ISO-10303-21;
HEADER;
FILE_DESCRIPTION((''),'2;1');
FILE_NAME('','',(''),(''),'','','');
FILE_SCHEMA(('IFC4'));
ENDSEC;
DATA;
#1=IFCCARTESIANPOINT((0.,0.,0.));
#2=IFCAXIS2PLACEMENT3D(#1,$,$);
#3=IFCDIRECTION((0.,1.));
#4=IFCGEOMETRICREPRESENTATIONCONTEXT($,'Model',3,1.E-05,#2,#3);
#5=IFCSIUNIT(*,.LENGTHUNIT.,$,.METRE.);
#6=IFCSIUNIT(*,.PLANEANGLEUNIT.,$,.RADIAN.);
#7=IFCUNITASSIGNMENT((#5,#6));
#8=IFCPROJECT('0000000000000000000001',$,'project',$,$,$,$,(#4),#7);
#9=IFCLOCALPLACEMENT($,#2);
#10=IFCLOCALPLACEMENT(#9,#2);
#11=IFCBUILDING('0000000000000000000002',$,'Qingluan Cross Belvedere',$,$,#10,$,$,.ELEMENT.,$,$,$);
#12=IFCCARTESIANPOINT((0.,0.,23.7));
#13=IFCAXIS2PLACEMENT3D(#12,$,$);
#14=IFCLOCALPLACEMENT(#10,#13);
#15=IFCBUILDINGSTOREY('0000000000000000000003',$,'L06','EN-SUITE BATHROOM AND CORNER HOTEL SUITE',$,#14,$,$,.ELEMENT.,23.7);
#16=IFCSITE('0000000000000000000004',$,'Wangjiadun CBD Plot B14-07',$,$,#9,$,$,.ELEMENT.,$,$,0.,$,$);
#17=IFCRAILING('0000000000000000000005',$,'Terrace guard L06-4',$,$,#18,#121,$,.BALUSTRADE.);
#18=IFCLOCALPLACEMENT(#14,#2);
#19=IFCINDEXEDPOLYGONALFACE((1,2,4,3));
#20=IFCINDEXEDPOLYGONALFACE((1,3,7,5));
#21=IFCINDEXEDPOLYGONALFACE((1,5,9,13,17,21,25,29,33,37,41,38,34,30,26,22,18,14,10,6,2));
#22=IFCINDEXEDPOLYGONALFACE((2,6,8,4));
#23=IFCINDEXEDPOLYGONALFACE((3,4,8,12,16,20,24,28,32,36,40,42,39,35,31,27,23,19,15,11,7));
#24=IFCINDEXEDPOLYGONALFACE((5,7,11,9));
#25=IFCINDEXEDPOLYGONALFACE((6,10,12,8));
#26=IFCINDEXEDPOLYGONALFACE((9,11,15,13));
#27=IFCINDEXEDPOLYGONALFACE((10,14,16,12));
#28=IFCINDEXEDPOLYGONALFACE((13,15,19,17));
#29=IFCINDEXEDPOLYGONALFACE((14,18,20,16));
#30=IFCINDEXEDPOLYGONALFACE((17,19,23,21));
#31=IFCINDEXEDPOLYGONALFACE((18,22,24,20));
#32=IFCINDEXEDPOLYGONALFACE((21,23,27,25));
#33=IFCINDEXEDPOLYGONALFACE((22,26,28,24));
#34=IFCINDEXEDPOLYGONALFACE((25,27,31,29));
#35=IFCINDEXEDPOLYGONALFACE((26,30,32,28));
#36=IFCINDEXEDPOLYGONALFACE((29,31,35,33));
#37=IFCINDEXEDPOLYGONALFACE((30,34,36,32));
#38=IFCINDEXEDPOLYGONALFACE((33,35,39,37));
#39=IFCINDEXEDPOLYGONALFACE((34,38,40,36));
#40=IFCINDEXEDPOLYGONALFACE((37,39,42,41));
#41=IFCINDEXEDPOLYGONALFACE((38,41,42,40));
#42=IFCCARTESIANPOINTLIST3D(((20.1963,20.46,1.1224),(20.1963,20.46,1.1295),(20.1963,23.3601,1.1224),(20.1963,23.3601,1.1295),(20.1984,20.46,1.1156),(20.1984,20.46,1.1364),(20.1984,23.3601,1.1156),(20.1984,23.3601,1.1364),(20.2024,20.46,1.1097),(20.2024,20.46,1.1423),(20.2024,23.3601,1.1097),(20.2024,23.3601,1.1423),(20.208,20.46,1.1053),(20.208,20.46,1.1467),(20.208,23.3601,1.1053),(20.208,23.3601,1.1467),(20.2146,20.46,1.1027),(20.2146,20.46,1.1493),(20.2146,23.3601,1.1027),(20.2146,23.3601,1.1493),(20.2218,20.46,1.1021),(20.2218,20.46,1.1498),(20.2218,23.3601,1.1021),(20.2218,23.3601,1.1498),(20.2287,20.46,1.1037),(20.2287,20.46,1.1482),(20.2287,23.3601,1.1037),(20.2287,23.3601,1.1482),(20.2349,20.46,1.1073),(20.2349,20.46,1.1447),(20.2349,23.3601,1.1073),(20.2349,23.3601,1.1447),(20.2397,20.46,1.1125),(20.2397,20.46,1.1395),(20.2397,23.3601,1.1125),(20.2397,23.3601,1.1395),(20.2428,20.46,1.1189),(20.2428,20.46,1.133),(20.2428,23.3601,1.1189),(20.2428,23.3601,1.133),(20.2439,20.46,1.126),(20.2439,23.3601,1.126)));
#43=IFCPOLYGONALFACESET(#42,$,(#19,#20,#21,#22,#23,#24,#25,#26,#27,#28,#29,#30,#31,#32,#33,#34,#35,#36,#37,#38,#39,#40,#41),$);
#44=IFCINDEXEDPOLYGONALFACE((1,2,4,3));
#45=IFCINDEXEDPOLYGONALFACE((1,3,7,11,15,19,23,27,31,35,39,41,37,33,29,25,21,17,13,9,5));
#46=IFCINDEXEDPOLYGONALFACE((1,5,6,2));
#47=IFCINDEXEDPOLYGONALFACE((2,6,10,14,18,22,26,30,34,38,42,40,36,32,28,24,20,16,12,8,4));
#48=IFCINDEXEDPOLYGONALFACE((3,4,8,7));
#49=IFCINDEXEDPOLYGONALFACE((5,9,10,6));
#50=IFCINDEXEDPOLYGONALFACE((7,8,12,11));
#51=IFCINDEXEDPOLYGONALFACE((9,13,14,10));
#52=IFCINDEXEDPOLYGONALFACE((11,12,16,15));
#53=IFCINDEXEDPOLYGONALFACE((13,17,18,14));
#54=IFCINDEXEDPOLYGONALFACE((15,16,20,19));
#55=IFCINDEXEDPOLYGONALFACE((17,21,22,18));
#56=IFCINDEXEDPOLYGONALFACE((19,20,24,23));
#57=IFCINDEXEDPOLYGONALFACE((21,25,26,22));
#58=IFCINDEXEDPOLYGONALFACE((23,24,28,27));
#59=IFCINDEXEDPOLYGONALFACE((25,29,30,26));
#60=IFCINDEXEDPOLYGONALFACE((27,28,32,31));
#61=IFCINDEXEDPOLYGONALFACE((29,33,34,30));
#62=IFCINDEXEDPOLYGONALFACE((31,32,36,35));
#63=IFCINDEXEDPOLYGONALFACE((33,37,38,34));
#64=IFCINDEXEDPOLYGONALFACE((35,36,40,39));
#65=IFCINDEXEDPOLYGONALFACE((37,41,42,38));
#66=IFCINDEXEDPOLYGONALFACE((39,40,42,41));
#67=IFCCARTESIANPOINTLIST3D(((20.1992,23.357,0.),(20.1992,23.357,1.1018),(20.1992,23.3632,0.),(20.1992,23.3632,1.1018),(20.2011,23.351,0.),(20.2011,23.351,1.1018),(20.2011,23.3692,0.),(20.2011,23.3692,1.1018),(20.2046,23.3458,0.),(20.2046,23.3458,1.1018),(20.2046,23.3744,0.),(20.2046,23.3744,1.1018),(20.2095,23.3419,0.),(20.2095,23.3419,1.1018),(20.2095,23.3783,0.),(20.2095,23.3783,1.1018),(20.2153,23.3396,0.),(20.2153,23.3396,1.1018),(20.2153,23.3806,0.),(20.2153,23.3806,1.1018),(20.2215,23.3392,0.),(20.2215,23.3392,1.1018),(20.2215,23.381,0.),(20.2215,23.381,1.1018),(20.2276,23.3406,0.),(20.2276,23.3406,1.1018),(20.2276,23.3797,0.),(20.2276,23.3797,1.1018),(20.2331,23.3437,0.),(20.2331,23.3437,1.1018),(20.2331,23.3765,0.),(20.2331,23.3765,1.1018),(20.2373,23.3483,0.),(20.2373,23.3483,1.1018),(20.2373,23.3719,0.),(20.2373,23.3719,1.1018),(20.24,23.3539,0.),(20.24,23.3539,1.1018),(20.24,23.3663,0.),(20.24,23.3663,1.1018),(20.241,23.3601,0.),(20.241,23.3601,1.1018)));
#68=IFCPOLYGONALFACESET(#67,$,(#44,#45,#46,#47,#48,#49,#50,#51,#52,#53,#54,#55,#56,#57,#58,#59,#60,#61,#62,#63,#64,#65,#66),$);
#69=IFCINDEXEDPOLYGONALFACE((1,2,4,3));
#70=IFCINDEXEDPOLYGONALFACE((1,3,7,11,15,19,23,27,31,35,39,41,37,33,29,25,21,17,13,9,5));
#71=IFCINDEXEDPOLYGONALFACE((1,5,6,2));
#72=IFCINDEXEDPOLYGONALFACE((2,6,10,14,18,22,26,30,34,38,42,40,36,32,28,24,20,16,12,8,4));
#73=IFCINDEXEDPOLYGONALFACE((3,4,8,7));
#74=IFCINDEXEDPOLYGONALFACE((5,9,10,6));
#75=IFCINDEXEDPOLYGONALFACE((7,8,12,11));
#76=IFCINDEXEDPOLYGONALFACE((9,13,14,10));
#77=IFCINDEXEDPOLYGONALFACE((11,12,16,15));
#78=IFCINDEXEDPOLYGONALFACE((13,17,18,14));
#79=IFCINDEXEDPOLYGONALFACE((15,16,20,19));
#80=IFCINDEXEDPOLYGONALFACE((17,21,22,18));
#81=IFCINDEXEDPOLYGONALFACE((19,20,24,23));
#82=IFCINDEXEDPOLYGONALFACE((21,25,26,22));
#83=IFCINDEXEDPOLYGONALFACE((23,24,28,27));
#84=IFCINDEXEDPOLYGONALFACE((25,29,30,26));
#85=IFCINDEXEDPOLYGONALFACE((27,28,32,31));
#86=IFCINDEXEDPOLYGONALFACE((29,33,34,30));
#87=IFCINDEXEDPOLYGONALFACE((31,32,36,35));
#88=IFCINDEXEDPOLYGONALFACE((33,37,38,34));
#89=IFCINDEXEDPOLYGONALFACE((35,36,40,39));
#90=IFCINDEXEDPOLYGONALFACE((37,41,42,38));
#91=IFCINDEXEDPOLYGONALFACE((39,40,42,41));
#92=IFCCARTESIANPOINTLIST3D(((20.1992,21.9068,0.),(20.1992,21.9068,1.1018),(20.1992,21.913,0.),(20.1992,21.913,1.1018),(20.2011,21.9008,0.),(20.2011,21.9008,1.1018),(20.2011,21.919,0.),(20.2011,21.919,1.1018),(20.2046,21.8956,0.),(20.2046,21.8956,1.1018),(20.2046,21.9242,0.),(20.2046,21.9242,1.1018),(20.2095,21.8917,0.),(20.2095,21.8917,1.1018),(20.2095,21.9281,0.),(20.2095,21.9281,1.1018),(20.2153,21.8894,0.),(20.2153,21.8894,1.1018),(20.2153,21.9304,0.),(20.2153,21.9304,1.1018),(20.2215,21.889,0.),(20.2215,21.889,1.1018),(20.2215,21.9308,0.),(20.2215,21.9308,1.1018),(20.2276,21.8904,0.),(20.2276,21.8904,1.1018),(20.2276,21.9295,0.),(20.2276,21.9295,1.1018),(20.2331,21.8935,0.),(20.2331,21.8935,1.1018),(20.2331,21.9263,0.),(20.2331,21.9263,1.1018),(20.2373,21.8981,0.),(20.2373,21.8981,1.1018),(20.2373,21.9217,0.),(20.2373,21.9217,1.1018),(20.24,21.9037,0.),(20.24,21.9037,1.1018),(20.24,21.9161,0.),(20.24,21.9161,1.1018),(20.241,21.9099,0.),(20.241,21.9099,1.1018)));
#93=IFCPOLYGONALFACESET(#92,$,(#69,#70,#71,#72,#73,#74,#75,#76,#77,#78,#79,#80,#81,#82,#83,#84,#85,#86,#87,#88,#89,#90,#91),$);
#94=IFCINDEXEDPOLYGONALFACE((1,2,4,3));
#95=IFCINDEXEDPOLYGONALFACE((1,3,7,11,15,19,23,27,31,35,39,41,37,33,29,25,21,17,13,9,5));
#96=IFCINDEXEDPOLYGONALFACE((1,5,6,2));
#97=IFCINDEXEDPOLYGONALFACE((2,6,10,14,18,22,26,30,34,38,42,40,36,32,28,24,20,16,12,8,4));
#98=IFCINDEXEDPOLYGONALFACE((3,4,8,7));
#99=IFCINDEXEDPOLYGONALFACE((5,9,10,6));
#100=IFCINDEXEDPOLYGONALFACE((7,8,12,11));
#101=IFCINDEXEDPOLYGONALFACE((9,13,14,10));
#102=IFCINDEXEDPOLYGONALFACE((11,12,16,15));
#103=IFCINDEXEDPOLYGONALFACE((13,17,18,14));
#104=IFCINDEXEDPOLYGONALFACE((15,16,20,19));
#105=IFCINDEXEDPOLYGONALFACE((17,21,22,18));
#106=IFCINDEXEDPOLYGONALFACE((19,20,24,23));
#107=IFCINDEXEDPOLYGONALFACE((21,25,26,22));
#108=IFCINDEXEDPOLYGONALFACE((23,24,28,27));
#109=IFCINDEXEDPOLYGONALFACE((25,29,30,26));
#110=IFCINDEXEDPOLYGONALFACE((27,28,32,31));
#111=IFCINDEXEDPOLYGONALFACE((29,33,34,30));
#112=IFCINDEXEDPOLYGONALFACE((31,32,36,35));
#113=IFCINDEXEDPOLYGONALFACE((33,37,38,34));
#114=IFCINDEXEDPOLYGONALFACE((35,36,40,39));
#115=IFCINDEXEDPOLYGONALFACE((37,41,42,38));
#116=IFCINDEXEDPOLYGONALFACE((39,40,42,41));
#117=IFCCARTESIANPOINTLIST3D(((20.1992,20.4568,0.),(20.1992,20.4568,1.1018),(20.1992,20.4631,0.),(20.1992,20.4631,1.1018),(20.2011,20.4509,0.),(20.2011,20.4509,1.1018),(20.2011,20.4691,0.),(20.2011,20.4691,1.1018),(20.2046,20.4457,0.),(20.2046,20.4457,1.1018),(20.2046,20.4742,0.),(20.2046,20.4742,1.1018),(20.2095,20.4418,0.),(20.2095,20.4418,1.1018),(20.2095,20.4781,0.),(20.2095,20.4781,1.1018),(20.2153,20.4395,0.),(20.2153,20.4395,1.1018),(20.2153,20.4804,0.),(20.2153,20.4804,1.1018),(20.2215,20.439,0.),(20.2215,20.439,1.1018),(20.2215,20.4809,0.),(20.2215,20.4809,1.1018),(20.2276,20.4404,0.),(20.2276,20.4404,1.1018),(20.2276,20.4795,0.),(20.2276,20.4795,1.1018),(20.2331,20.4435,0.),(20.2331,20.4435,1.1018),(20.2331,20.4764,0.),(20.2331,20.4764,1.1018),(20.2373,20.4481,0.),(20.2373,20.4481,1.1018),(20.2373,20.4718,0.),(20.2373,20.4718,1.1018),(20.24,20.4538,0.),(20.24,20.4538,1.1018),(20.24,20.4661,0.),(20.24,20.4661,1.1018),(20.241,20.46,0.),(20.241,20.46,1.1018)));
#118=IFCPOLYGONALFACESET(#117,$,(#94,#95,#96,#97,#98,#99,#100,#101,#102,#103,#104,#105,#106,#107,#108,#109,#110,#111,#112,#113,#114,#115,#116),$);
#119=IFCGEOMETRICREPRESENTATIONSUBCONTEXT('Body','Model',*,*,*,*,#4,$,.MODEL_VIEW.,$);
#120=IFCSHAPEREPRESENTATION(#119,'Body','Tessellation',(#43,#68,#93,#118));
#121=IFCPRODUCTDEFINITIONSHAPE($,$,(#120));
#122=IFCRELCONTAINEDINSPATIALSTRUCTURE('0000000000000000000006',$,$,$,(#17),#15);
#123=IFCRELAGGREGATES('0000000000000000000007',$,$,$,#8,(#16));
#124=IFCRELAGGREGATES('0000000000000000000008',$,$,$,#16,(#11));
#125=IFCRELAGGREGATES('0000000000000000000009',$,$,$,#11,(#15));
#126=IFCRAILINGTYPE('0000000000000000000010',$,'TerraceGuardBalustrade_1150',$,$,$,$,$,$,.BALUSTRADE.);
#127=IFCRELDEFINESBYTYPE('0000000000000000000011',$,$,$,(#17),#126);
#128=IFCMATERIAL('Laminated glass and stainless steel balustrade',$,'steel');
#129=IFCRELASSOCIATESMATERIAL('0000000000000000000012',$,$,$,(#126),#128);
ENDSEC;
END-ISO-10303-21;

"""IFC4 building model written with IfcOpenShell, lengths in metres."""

from ifc_helpers import new_model, si_unit, direction, frame, origin, origin_2d, place, context, subcontext, project, spatial, circle, extrude, material, type_object, element, save


model = new_model("IFC4")

# Units and contexts
model_context = context("Model", 3, precision=1e-05, world=origin(), true_north=direction((0.0, 1.0)))
body_context = subcontext(model_context, "Body", "Model", "MODEL_VIEW")
ifc_project = project(units=[si_unit("LENGTHUNIT", "METRE"), si_unit("PLANEANGLEUNIT", "RADIAN")], contexts=[model_context])

# Site, building, storey
site_placement = place(None, origin())
site = spatial("IfcSite", under=ifc_project, at=site_placement, Name="Wangjiadun CBD Plot B14-07", CompositionType="ELEMENT", RefElevation=0.0)
building_placement = place(site_placement, origin())
building = spatial("IfcBuilding", under=site, at=building_placement, Name="Qingluan Cross Belvedere", CompositionType="ELEMENT")
storey_placement = place(building_placement, frame((0.0, 0.0, 23.7)))
storey = spatial("IfcBuildingStorey", under=building, at=storey_placement, Name="L06", Description="EN-SUITE BATHROOM AND CORNER HOTEL SUITE", CompositionType="ELEMENT", Elevation=23.7)

# Railing
ifc_material_1 = material(Name="Laminated glass and stainless steel balustrade", Category="steel")
railing_type = type_object("IfcRailingType", Name="TerraceGuardBalustrade_1150", PredefinedType="BALUSTRADE", material=ifc_material_1)
railing_1_placement = place(storey_placement, frame((20.22, 23.3601, 0.0)))
element("IfcRailing", 1, at=railing_1_placement, inside=storey, type_object=railing_type, Name="Terrace guard L06-4", PredefinedType="BALUSTRADE", context=body_context, shape_type="SweptSolid", body=[
    extrude(circle(Radius=0.0239, at=origin_2d()), frame((0.0, 0.0, 1.126), z_axis=(0.0, -1.0, 0.0), x_axis=(1.0, 0.0, 0.0)), (0.0, 0.0, 1.0), 2.9001),
    extrude(circle(Radius=0.021, at=origin_2d()), origin(), (0.0, 0.0, 1.0), 1.1018),
    extrude(circle(Radius=0.021, at=origin_2d()), frame((0.0, -1.4502, 0.0)), (0.0, 0.0, 1.0), 1.1018),
    extrude(circle(Radius=0.021, at=origin_2d()), frame((0.0, -2.9001, 0.0)), (0.0, 0.0, 1.0), 1.1018),
])

save(model, "model.ifc")
